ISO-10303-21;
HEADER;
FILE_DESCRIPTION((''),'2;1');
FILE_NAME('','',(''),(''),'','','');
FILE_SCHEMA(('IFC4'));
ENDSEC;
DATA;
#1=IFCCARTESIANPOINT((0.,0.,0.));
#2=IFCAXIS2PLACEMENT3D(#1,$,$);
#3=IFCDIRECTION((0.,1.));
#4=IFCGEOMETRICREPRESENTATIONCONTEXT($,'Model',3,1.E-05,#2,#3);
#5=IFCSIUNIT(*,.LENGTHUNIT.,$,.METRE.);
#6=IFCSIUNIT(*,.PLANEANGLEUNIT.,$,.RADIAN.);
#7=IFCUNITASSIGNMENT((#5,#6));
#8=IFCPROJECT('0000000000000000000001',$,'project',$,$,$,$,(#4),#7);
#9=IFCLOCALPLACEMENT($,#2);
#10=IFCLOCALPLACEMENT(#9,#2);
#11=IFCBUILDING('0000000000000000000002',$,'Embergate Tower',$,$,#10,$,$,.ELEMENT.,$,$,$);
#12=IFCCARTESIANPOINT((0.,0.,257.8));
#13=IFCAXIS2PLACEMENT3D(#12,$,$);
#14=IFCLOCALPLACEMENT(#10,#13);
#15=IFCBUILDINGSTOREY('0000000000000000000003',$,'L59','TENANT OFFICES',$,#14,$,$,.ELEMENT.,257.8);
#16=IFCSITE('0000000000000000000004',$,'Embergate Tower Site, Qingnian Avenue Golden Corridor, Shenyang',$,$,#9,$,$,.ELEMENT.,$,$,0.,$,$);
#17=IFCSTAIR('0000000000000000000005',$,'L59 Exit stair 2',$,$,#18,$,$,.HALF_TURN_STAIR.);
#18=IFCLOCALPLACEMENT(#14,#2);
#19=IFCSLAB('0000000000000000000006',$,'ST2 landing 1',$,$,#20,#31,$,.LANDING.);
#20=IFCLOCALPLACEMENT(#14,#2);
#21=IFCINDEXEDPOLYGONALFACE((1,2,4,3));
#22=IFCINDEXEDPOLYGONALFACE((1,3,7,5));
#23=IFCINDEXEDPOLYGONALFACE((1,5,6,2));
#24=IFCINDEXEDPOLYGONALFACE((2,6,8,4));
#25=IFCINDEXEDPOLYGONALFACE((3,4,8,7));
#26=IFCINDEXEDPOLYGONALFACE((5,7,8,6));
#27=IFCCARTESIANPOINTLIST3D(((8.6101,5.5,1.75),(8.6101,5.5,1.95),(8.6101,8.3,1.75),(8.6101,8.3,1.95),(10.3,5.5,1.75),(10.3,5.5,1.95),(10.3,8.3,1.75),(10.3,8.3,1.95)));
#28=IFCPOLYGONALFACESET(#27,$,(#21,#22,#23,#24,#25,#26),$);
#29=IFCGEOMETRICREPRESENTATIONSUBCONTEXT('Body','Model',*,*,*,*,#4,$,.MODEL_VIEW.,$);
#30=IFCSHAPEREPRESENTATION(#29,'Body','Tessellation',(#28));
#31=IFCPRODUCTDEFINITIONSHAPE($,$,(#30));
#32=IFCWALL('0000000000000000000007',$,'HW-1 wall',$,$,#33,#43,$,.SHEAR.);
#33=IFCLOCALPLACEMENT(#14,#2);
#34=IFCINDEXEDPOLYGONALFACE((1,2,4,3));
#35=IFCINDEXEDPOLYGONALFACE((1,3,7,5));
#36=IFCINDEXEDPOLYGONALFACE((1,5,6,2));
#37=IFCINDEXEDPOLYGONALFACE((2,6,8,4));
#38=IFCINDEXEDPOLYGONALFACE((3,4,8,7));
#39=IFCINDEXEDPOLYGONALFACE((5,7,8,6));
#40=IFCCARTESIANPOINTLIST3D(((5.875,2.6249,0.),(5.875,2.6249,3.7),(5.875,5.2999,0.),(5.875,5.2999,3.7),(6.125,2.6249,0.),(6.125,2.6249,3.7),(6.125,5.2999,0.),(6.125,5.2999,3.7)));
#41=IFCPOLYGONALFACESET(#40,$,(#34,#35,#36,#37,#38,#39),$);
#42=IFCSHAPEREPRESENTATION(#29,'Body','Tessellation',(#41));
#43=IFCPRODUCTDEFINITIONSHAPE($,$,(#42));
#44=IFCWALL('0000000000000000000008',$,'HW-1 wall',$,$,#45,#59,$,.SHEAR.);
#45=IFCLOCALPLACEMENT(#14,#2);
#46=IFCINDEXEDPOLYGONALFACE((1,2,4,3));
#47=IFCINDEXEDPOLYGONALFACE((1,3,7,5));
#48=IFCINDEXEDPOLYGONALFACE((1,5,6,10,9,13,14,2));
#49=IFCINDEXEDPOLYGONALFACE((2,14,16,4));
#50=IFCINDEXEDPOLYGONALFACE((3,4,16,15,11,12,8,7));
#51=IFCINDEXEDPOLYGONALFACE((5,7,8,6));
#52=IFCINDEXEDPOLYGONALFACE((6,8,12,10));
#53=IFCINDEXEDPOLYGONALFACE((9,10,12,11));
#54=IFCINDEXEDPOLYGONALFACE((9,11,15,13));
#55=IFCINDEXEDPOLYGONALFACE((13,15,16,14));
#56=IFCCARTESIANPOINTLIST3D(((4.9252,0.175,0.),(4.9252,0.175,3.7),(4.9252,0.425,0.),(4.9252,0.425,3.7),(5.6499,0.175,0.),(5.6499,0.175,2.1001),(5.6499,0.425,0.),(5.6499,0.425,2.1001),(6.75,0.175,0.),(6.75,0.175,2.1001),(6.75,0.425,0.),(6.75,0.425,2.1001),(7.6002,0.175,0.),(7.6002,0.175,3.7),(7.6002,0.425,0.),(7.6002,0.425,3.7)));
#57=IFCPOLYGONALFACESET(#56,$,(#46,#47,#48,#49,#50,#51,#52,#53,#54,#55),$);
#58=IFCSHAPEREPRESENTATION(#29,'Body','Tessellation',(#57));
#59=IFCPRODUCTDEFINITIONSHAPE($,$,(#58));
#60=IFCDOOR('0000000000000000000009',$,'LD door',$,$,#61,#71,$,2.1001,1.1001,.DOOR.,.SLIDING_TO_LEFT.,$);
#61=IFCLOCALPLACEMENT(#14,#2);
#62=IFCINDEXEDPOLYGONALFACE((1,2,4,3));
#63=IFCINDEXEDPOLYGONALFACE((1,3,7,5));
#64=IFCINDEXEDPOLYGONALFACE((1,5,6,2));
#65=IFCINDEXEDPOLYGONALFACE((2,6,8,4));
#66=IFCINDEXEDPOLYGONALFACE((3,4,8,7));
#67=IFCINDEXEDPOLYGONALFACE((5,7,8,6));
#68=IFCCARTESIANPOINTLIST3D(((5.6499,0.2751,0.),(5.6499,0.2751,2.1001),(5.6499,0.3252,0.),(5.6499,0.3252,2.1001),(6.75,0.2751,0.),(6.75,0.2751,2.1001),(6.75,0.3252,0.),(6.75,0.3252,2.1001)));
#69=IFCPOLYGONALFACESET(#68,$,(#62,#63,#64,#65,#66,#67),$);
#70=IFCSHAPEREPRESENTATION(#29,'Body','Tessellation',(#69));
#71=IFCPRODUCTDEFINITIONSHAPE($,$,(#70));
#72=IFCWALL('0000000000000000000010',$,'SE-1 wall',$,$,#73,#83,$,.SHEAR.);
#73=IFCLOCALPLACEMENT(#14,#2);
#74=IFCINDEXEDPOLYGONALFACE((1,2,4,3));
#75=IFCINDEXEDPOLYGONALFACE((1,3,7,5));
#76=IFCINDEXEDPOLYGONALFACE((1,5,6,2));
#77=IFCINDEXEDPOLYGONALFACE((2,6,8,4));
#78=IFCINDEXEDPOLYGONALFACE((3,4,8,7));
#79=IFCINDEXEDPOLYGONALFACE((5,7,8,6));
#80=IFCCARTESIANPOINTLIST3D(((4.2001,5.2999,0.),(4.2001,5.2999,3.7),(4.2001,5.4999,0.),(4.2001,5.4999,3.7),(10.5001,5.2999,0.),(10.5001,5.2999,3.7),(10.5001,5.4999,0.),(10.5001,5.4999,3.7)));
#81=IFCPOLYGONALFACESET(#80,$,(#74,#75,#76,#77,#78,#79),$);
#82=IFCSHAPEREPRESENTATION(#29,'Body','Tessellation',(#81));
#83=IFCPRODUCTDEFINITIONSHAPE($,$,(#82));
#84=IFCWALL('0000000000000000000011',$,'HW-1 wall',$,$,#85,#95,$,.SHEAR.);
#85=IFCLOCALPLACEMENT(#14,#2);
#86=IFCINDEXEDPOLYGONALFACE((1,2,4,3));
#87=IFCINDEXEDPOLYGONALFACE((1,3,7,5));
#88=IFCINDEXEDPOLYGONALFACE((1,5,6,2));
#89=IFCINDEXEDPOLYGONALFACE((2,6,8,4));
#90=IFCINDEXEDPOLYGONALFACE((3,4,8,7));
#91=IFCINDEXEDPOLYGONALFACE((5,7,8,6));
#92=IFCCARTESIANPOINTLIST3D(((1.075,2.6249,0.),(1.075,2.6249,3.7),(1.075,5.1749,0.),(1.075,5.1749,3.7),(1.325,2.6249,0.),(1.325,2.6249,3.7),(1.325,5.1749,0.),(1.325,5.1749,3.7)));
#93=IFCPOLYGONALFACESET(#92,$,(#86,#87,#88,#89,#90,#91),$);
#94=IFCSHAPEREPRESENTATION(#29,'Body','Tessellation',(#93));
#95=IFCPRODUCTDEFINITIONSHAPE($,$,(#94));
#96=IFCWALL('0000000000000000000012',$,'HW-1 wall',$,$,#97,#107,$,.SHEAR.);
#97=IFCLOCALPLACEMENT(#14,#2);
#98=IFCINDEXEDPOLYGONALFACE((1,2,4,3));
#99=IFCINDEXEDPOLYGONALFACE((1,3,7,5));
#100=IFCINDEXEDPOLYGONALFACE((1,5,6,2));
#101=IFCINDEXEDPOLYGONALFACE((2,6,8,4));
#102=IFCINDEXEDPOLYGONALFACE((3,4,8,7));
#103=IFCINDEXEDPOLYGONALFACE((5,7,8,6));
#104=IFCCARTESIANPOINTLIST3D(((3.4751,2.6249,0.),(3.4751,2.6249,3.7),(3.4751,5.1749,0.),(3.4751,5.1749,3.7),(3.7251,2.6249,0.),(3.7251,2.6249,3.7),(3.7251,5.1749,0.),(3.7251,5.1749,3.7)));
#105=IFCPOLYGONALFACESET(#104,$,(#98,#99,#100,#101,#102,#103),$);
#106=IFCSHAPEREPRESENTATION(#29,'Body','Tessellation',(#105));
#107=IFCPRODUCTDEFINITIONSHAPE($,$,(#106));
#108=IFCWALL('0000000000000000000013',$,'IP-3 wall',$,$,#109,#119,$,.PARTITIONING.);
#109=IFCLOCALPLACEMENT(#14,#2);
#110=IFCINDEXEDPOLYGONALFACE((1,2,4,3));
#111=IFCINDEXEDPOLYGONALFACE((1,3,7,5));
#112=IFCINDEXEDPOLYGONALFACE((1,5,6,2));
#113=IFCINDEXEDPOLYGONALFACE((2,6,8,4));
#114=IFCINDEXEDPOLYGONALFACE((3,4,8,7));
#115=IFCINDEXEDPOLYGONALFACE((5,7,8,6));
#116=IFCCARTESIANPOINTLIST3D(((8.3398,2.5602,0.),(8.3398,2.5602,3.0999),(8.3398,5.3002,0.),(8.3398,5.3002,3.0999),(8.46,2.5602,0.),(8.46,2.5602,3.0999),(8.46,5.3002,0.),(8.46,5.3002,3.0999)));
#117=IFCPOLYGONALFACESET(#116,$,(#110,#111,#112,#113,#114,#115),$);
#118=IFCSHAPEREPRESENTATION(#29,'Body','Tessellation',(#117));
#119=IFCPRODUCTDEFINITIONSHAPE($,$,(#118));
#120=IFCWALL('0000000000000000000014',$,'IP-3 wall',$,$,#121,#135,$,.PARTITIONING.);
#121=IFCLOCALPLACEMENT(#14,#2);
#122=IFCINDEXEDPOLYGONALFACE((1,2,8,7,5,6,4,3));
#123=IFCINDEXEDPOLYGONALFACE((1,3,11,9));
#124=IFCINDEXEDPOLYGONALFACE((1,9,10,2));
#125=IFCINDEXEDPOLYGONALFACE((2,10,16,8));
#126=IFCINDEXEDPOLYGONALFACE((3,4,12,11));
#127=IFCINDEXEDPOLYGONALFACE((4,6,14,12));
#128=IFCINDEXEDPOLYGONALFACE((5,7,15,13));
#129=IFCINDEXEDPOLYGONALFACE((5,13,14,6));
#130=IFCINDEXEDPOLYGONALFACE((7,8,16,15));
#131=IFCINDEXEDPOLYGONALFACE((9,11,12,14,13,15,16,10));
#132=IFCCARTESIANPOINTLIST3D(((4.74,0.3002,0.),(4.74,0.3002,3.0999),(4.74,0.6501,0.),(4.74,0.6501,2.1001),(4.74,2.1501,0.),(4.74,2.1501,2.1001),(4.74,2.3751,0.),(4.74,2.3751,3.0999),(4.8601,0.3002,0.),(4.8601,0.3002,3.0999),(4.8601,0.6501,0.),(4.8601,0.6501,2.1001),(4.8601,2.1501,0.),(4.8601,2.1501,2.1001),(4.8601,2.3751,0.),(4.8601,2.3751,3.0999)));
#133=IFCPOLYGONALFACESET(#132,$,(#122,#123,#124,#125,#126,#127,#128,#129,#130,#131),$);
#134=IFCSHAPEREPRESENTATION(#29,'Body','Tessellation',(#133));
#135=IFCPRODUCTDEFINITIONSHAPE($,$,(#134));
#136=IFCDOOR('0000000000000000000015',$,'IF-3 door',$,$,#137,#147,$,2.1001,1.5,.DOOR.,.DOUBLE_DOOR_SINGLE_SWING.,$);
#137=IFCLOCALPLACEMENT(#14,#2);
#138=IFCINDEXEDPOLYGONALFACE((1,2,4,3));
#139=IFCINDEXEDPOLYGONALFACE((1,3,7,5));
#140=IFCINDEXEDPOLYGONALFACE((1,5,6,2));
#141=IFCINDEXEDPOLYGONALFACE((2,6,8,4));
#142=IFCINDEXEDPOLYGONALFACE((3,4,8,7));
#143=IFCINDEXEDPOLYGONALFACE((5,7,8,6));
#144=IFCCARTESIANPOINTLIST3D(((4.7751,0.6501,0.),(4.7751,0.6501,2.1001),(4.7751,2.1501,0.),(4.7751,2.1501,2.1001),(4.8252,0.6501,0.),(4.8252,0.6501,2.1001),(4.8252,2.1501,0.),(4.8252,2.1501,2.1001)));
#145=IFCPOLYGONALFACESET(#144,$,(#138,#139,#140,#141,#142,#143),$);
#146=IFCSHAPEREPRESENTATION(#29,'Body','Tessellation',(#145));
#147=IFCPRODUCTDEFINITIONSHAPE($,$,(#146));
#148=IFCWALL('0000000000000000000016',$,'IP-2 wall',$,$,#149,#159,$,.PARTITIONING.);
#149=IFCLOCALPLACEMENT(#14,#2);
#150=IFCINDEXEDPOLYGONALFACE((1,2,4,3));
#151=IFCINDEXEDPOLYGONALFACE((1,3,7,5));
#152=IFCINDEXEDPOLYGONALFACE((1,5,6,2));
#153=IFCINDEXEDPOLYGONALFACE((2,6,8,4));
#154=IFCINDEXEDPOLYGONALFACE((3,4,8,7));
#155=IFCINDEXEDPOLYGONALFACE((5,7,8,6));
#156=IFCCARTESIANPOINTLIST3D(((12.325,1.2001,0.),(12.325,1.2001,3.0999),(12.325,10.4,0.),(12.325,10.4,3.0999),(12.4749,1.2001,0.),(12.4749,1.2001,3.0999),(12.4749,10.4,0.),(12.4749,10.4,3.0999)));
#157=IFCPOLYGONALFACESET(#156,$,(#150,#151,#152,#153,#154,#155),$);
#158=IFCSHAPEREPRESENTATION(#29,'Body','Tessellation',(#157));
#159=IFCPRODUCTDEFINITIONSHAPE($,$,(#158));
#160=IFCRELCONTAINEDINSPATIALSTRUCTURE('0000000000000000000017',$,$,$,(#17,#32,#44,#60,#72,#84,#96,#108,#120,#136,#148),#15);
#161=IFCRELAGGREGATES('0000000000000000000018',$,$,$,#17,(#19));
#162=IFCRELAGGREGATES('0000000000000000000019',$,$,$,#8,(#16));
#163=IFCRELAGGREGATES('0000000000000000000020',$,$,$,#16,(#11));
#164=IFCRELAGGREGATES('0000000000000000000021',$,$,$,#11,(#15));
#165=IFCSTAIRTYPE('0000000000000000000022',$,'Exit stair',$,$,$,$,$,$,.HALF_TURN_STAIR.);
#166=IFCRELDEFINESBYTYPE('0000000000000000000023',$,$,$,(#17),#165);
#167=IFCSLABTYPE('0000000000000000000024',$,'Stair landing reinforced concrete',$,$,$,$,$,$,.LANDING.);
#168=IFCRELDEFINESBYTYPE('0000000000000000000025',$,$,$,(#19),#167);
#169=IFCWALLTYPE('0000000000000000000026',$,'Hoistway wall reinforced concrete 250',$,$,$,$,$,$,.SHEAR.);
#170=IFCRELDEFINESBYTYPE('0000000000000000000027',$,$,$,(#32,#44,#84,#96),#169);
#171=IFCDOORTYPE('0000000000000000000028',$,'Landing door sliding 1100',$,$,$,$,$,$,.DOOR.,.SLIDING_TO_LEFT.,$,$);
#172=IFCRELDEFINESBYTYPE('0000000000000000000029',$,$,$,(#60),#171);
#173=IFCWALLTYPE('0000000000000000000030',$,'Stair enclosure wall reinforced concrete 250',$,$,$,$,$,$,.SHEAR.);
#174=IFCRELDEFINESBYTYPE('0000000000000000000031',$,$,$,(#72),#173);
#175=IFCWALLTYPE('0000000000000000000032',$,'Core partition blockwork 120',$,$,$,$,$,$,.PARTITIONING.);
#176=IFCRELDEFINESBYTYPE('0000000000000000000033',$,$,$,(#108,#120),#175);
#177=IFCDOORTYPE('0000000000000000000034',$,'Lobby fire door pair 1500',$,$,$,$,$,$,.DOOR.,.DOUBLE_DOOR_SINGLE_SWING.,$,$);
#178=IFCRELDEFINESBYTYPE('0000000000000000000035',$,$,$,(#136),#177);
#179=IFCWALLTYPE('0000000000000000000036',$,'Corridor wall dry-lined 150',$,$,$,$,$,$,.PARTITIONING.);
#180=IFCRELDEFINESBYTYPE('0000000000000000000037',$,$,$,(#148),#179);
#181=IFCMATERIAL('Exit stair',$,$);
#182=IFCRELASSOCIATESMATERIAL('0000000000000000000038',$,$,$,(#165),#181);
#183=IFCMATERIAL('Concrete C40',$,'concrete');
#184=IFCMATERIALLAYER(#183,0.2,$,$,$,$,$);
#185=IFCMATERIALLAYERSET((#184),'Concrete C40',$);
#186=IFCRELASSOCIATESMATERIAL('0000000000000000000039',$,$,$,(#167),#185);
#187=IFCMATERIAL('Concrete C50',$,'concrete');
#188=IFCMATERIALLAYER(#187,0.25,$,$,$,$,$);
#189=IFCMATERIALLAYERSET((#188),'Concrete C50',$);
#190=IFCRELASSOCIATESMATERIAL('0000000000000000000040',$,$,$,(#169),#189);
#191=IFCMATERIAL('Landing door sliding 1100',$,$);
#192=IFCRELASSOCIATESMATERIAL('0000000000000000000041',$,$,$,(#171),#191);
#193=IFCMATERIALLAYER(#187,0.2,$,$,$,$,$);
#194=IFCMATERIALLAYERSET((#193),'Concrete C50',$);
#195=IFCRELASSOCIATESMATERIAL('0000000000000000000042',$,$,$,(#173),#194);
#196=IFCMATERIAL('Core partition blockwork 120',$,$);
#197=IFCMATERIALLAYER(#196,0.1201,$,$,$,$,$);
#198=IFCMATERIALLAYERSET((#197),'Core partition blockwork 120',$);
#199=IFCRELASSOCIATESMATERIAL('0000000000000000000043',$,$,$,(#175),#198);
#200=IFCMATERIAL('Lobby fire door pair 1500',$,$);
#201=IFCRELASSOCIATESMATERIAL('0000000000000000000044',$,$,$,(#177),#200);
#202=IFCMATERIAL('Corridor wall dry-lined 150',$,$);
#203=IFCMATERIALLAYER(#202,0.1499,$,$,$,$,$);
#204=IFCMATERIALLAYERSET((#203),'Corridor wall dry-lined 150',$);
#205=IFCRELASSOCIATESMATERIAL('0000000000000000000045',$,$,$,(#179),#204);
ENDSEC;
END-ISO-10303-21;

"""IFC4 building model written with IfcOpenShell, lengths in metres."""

from ifc_helpers import new_model, si_unit, direction, frame, frame_2d, origin, place, context, subcontext, project, spatial, polyline, rectangle, outline, extrude, source, transform, mapped, material, layer, layer_set, type_object, element, fill, aggregate, save


model = new_model("IFC4")

# Units and contexts
model_context = context("Model", 3, precision=1e-05, world=origin(), true_north=direction((0.0, 1.0)))
body_context = subcontext(model_context, "Body", "Model", "MODEL_VIEW")
ifc_project = project(units=[si_unit("LENGTHUNIT", "METRE"), si_unit("PLANEANGLEUNIT", "RADIAN")], contexts=[model_context])

# Site, building, storey
site_placement = place(None, origin())
site = spatial("IfcSite", under=ifc_project, at=site_placement, Name="Embergate Tower Site, Qingnian Avenue Golden Corridor, Shenyang", CompositionType="ELEMENT", RefElevation=0.0)
building_placement = place(site_placement, origin())
building = spatial("IfcBuilding", under=site, at=building_placement, Name="Embergate Tower", CompositionType="ELEMENT")
storey_placement = place(building_placement, frame((0.0, 0.0, 257.8)))
storey = spatial("IfcBuildingStorey", under=building, at=storey_placement, Name="L59", Description="TENANT OFFICES", CompositionType="ELEMENT", Elevation=257.8)

# Stair, slab
ifc_material_1 = material(Name="Exit stair")
stair_type = type_object("IfcStairType", Name="Exit stair", PredefinedType="HALF_TURN_STAIR", material=ifc_material_1)
stair_placement = place(storey_placement, origin())
stair = element("IfcStair", 1, at=stair_placement, inside=storey, type_object=stair_type, Name="L59 Exit stair 2", PredefinedType="HALF_TURN_STAIR")
ifc_material_2 = material(Name="Concrete C40", Category="concrete")
ifc_layer_1 = layer(ifc_material_2, 0.2)
ifc_layer_set_1 = layer_set([ifc_layer_1], Name="Concrete C40")
slab_type = type_object("IfcSlabType", Name="Stair landing reinforced concrete", PredefinedType="LANDING", material=ifc_layer_set_1)
shared_shape_1 = source(origin(), body_context, "Body", "SweptSolid", [
    extrude(outline(polyline([(0.0, 0.0), (1.6899, 0.0), (1.6899, 2.8), (0.0, 2.8), (0.0, 0.0)])), origin(), (0.0, 0.0, 1.0), 0.2),
])
slab_placement = place(storey_placement, frame((8.6101, 5.5, 1.75)))
slab = element("IfcSlab", 2, at=slab_placement, type_object=slab_type, Name="ST2 landing 1", PredefinedType="LANDING", context=body_context, shape_type="MappedRepresentation", body=[
    mapped(shared_shape_1, transform((0.0, 0.0, 0.0))),
])
aggregate(stair, [slab])

# Wall
ifc_material_3 = material(Name="Concrete C50", Category="concrete")
ifc_layer_2 = layer(ifc_material_3, 0.25)
ifc_layer_set_2 = layer_set([ifc_layer_2], Name="Concrete C50")
wall_type_1 = type_object("IfcWallType", Name="Hoistway wall reinforced concrete 250", PredefinedType="SHEAR", material=ifc_layer_set_2)
shared_shape_2 = source(origin(), body_context, "Body", "SweptSolid", [
    extrude(rectangle(XDim=2.675, YDim=0.25, at=frame_2d((1.3374, 0.0))), origin(), (0.0, 0.0, 1.0), 3.7),
])
wall_1_placement = place(storey_placement, frame((6.0, 2.625, 0.0), z_axis=(0.0, 0.0, 1.0), x_axis=(0.0, 1.0, 0.0)))
element("IfcWall", 3, at=wall_1_placement, inside=storey, type_object=wall_type_1, Name="HW-1 wall", PredefinedType="SHEAR", context=body_context, shape_type="MappedRepresentation", body=[
    mapped(shared_shape_2, transform((0.0, 0.0, 0.0))),
])

# Wall, opening, door
wall_2_placement = place(storey_placement, frame((7.6001, 0.3, 0.0), z_axis=(0.0, 0.0, 1.0), x_axis=(-1.0, 0.0, 0.0)))
wall_2 = element("IfcWall", 4, at=wall_2_placement, inside=storey, type_object=wall_type_1, Name="HW-1 wall", PredefinedType="SHEAR", context=body_context, shape_type="MappedRepresentation", body=[
    mapped(shared_shape_2, transform((0.0, 0.0, 0.0))),
])
shared_shape_3 = source(origin(), body_context, "Body", "SweptSolid", [
    extrude(rectangle(XDim=1.1001, YDim=2.1001, at=frame_2d((0.55, 1.05))), frame((0.0, 0.135, 0.0), z_axis=(0.0, -1.0, 0.0), x_axis=(1.0, 0.0, 0.0)), (0.0, 0.0, 1.0), 0.27),
])
opening_1_placement = place(wall_2_placement, frame((0.8501, 0.0, 0.0)))
opening_1 = element("IfcOpeningElement", 5, at=opening_1_placement, cuts=wall_2, PredefinedType="OPENING", context=body_context, shape_type="MappedRepresentation", body=[
    mapped(shared_shape_3, transform((0.0, 0.0, 0.0))),
])
ifc_material_4 = material(Name="Landing door sliding 1100")
door_type_1 = type_object("IfcDoorType", Name="Landing door sliding 1100", OperationType="SLIDING_TO_LEFT", PredefinedType="DOOR", material=ifc_material_4)
shared_shape_4 = source(origin(), body_context, "Body", "SweptSolid", [
    extrude(rectangle(XDim=1.1001, YDim=2.1001, at=frame_2d((0.55, 1.05))), frame((0.0, 0.0249, 0.0), z_axis=(0.0, -1.0, 0.0), x_axis=(1.0, 0.0, 0.0)), (0.0, 0.0, 1.0), 0.05),
])
door_1_placement = place(opening_1_placement, origin())
door_1 = element("IfcDoor", 6, at=door_1_placement, inside=storey, type_object=door_type_1, Name="LD door", OperationType="SLIDING_TO_LEFT", OverallHeight=2.1001, OverallWidth=1.1001, PredefinedType="DOOR", context=body_context, shape_type="MappedRepresentation", body=[
    mapped(shared_shape_4, transform((0.0, 0.0, 0.0))),
])
fill(opening_1, door_1)

# Walls
ifc_layer_3 = layer(ifc_material_3, 0.2)
ifc_layer_set_3 = layer_set([ifc_layer_3], Name="Concrete C50")
wall_type_2 = type_object("IfcWallType", Name="Stair enclosure wall reinforced concrete 250", PredefinedType="SHEAR", material=ifc_layer_set_3)
shared_shape_5 = source(origin(), body_context, "Body", "SweptSolid", [
    extrude(rectangle(XDim=6.3, YDim=0.2, at=frame_2d((3.1499, 0.0))), origin(), (0.0, 0.0, 1.0), 3.7),
])
wall_3_placement = place(storey_placement, frame((10.5, 5.3999, 0.0), z_axis=(0.0, 0.0, 1.0), x_axis=(-1.0, 0.0, 0.0)))
element("IfcWall", 7, at=wall_3_placement, inside=storey, type_object=wall_type_2, Name="SE-1 wall", PredefinedType="SHEAR", context=body_context, shape_type="MappedRepresentation", body=[
    mapped(shared_shape_5, transform((0.0, 0.0, 0.0))),
])
shared_shape_6 = source(origin(), body_context, "Body", "SweptSolid", [
    extrude(rectangle(XDim=2.55, YDim=0.25, at=frame_2d((1.2749, 0.0))), origin(), (0.0, 0.0, 1.0), 3.7),
])
for number, where, z_axis, x_axis, name in (
    (8, (1.2, 2.625, 0.0), (0.0, 0.0, 1.0), (0.0, 1.0, 0.0), "HW-1 wall"),
    (9, (3.6001, 2.625, 0.0), (0.0, 0.0, 1.0), (0.0, 1.0, 0.0), "HW-1 wall"),
):
    element("IfcWall", number, at=place(storey_placement, frame(where, z_axis=z_axis, x_axis=x_axis)), inside=storey, type_object=wall_type_1, Name=name, PredefinedType="SHEAR", context=body_context, shape_type="MappedRepresentation", body=[
        mapped(shared_shape_6, transform((0.0, 0.0, 0.0))),
    ])
ifc_material_5 = material(Name="Core partition blockwork 120")
ifc_layer_4 = layer(ifc_material_5, 0.1201)
ifc_layer_set_4 = layer_set([ifc_layer_4], Name="Core partition blockwork 120")
wall_type_3 = type_object("IfcWallType", Name="Core partition blockwork 120", PredefinedType="PARTITIONING", material=ifc_layer_set_4)
shared_shape_7 = source(origin(), body_context, "Body", "SweptSolid", [
    extrude(rectangle(XDim=2.74, YDim=0.1201, at=frame_2d((1.3701, 0.0))), origin(), (0.0, 0.0, 1.0), 3.0999),
])
wall_4_placement = place(storey_placement, frame((8.3999, 2.5601, 0.0), z_axis=(0.0, 0.0, 1.0), x_axis=(0.0, 1.0, 0.0)))
element("IfcWall", 10, at=wall_4_placement, inside=storey, type_object=wall_type_3, Name="IP-3 wall", PredefinedType="PARTITIONING", context=body_context, shape_type="MappedRepresentation", body=[
    mapped(shared_shape_7, transform((0.0, 0.0, 0.0))),
])

# Wall, opening, door
shared_shape_8 = source(origin(), body_context, "Body", "SweptSolid", [
    extrude(rectangle(XDim=2.075, YDim=0.1201, at=frame_2d((1.0376, 0.0))), origin(), (0.0, 0.0, 1.0), 3.0999),
])
wall_5_placement = place(storey_placement, frame((4.8, 0.3, 0.0), z_axis=(0.0, 0.0, 1.0), x_axis=(0.0, 1.0, 0.0)))
wall_5 = element("IfcWall", 11, at=wall_5_placement, inside=storey, type_object=wall_type_3, Name="IP-3 wall", PredefinedType="PARTITIONING", context=body_context, shape_type="MappedRepresentation", body=[
    mapped(shared_shape_8, transform((0.0, 0.0, 0.0))),
])
shared_shape_9 = source(origin(), body_context, "Body", "SweptSolid", [
    extrude(rectangle(XDim=1.5, YDim=2.1001, at=frame_2d((0.75, 1.05))), frame((0.0, 0.0701, 0.0), z_axis=(0.0, -1.0, 0.0), x_axis=(1.0, 0.0, 0.0)), (0.0, 0.0, 1.0), 0.1401),
])
opening_2_placement = place(wall_5_placement, frame((0.3501, 0.0, 0.0)))
opening_2 = element("IfcOpeningElement", 12, at=opening_2_placement, cuts=wall_5, PredefinedType="OPENING", context=body_context, shape_type="MappedRepresentation", body=[
    mapped(shared_shape_9, transform((0.0, 0.0, 0.0))),
])
ifc_material_6 = material(Name="Lobby fire door pair 1500")
door_type_2 = type_object("IfcDoorType", Name="Lobby fire door pair 1500", OperationType="DOUBLE_DOOR_SINGLE_SWING", PredefinedType="DOOR", material=ifc_material_6)
shared_shape_10 = source(origin(), body_context, "Body", "SweptSolid", [
    extrude(rectangle(XDim=1.5, YDim=2.1001, at=frame_2d((0.75, 1.05))), frame((0.0, 0.0249, 0.0), z_axis=(0.0, -1.0, 0.0), x_axis=(1.0, 0.0, 0.0)), (0.0, 0.0, 1.0), 0.05),
])
door_2_placement = place(opening_2_placement, origin())
door_2 = element("IfcDoor", 13, at=door_2_placement, inside=storey, type_object=door_type_2, Name="IF-3 door", OperationType="DOUBLE_DOOR_SINGLE_SWING", OverallHeight=2.1001, OverallWidth=1.5, PredefinedType="DOOR", context=body_context, shape_type="MappedRepresentation", body=[
    mapped(shared_shape_10, transform((0.0, 0.0, 0.0))),
])
fill(opening_2, door_2)

# Wall
ifc_material_7 = material(Name="Corridor wall dry-lined 150")
ifc_layer_5 = layer(ifc_material_7, 0.1499)
ifc_layer_set_5 = layer_set([ifc_layer_5], Name="Corridor wall dry-lined 150")
wall_type_4 = type_object("IfcWallType", Name="Corridor wall dry-lined 150", PredefinedType="PARTITIONING", material=ifc_layer_set_5)
shared_shape_11 = source(origin(), body_context, "Body", "SweptSolid", [
    extrude(rectangle(XDim=9.2, YDim=0.1499, at=frame_2d((4.6001, 0.0))), origin(), (0.0, 0.0, 1.0), 3.0999),
])
wall_6_placement = place(storey_placement, frame((12.3999, 1.2, 0.0), z_axis=(0.0, 0.0, 1.0), x_axis=(0.0, 1.0, 0.0)))
element("IfcWall", 14, at=wall_6_placement, inside=storey, type_object=wall_type_4, Name="IP-2 wall", PredefinedType="PARTITIONING", context=body_context, shape_type="MappedRepresentation", body=[
    mapped(shared_shape_11, transform((0.0, 0.0, 0.0))),
])

save(model, "model.ifc")
